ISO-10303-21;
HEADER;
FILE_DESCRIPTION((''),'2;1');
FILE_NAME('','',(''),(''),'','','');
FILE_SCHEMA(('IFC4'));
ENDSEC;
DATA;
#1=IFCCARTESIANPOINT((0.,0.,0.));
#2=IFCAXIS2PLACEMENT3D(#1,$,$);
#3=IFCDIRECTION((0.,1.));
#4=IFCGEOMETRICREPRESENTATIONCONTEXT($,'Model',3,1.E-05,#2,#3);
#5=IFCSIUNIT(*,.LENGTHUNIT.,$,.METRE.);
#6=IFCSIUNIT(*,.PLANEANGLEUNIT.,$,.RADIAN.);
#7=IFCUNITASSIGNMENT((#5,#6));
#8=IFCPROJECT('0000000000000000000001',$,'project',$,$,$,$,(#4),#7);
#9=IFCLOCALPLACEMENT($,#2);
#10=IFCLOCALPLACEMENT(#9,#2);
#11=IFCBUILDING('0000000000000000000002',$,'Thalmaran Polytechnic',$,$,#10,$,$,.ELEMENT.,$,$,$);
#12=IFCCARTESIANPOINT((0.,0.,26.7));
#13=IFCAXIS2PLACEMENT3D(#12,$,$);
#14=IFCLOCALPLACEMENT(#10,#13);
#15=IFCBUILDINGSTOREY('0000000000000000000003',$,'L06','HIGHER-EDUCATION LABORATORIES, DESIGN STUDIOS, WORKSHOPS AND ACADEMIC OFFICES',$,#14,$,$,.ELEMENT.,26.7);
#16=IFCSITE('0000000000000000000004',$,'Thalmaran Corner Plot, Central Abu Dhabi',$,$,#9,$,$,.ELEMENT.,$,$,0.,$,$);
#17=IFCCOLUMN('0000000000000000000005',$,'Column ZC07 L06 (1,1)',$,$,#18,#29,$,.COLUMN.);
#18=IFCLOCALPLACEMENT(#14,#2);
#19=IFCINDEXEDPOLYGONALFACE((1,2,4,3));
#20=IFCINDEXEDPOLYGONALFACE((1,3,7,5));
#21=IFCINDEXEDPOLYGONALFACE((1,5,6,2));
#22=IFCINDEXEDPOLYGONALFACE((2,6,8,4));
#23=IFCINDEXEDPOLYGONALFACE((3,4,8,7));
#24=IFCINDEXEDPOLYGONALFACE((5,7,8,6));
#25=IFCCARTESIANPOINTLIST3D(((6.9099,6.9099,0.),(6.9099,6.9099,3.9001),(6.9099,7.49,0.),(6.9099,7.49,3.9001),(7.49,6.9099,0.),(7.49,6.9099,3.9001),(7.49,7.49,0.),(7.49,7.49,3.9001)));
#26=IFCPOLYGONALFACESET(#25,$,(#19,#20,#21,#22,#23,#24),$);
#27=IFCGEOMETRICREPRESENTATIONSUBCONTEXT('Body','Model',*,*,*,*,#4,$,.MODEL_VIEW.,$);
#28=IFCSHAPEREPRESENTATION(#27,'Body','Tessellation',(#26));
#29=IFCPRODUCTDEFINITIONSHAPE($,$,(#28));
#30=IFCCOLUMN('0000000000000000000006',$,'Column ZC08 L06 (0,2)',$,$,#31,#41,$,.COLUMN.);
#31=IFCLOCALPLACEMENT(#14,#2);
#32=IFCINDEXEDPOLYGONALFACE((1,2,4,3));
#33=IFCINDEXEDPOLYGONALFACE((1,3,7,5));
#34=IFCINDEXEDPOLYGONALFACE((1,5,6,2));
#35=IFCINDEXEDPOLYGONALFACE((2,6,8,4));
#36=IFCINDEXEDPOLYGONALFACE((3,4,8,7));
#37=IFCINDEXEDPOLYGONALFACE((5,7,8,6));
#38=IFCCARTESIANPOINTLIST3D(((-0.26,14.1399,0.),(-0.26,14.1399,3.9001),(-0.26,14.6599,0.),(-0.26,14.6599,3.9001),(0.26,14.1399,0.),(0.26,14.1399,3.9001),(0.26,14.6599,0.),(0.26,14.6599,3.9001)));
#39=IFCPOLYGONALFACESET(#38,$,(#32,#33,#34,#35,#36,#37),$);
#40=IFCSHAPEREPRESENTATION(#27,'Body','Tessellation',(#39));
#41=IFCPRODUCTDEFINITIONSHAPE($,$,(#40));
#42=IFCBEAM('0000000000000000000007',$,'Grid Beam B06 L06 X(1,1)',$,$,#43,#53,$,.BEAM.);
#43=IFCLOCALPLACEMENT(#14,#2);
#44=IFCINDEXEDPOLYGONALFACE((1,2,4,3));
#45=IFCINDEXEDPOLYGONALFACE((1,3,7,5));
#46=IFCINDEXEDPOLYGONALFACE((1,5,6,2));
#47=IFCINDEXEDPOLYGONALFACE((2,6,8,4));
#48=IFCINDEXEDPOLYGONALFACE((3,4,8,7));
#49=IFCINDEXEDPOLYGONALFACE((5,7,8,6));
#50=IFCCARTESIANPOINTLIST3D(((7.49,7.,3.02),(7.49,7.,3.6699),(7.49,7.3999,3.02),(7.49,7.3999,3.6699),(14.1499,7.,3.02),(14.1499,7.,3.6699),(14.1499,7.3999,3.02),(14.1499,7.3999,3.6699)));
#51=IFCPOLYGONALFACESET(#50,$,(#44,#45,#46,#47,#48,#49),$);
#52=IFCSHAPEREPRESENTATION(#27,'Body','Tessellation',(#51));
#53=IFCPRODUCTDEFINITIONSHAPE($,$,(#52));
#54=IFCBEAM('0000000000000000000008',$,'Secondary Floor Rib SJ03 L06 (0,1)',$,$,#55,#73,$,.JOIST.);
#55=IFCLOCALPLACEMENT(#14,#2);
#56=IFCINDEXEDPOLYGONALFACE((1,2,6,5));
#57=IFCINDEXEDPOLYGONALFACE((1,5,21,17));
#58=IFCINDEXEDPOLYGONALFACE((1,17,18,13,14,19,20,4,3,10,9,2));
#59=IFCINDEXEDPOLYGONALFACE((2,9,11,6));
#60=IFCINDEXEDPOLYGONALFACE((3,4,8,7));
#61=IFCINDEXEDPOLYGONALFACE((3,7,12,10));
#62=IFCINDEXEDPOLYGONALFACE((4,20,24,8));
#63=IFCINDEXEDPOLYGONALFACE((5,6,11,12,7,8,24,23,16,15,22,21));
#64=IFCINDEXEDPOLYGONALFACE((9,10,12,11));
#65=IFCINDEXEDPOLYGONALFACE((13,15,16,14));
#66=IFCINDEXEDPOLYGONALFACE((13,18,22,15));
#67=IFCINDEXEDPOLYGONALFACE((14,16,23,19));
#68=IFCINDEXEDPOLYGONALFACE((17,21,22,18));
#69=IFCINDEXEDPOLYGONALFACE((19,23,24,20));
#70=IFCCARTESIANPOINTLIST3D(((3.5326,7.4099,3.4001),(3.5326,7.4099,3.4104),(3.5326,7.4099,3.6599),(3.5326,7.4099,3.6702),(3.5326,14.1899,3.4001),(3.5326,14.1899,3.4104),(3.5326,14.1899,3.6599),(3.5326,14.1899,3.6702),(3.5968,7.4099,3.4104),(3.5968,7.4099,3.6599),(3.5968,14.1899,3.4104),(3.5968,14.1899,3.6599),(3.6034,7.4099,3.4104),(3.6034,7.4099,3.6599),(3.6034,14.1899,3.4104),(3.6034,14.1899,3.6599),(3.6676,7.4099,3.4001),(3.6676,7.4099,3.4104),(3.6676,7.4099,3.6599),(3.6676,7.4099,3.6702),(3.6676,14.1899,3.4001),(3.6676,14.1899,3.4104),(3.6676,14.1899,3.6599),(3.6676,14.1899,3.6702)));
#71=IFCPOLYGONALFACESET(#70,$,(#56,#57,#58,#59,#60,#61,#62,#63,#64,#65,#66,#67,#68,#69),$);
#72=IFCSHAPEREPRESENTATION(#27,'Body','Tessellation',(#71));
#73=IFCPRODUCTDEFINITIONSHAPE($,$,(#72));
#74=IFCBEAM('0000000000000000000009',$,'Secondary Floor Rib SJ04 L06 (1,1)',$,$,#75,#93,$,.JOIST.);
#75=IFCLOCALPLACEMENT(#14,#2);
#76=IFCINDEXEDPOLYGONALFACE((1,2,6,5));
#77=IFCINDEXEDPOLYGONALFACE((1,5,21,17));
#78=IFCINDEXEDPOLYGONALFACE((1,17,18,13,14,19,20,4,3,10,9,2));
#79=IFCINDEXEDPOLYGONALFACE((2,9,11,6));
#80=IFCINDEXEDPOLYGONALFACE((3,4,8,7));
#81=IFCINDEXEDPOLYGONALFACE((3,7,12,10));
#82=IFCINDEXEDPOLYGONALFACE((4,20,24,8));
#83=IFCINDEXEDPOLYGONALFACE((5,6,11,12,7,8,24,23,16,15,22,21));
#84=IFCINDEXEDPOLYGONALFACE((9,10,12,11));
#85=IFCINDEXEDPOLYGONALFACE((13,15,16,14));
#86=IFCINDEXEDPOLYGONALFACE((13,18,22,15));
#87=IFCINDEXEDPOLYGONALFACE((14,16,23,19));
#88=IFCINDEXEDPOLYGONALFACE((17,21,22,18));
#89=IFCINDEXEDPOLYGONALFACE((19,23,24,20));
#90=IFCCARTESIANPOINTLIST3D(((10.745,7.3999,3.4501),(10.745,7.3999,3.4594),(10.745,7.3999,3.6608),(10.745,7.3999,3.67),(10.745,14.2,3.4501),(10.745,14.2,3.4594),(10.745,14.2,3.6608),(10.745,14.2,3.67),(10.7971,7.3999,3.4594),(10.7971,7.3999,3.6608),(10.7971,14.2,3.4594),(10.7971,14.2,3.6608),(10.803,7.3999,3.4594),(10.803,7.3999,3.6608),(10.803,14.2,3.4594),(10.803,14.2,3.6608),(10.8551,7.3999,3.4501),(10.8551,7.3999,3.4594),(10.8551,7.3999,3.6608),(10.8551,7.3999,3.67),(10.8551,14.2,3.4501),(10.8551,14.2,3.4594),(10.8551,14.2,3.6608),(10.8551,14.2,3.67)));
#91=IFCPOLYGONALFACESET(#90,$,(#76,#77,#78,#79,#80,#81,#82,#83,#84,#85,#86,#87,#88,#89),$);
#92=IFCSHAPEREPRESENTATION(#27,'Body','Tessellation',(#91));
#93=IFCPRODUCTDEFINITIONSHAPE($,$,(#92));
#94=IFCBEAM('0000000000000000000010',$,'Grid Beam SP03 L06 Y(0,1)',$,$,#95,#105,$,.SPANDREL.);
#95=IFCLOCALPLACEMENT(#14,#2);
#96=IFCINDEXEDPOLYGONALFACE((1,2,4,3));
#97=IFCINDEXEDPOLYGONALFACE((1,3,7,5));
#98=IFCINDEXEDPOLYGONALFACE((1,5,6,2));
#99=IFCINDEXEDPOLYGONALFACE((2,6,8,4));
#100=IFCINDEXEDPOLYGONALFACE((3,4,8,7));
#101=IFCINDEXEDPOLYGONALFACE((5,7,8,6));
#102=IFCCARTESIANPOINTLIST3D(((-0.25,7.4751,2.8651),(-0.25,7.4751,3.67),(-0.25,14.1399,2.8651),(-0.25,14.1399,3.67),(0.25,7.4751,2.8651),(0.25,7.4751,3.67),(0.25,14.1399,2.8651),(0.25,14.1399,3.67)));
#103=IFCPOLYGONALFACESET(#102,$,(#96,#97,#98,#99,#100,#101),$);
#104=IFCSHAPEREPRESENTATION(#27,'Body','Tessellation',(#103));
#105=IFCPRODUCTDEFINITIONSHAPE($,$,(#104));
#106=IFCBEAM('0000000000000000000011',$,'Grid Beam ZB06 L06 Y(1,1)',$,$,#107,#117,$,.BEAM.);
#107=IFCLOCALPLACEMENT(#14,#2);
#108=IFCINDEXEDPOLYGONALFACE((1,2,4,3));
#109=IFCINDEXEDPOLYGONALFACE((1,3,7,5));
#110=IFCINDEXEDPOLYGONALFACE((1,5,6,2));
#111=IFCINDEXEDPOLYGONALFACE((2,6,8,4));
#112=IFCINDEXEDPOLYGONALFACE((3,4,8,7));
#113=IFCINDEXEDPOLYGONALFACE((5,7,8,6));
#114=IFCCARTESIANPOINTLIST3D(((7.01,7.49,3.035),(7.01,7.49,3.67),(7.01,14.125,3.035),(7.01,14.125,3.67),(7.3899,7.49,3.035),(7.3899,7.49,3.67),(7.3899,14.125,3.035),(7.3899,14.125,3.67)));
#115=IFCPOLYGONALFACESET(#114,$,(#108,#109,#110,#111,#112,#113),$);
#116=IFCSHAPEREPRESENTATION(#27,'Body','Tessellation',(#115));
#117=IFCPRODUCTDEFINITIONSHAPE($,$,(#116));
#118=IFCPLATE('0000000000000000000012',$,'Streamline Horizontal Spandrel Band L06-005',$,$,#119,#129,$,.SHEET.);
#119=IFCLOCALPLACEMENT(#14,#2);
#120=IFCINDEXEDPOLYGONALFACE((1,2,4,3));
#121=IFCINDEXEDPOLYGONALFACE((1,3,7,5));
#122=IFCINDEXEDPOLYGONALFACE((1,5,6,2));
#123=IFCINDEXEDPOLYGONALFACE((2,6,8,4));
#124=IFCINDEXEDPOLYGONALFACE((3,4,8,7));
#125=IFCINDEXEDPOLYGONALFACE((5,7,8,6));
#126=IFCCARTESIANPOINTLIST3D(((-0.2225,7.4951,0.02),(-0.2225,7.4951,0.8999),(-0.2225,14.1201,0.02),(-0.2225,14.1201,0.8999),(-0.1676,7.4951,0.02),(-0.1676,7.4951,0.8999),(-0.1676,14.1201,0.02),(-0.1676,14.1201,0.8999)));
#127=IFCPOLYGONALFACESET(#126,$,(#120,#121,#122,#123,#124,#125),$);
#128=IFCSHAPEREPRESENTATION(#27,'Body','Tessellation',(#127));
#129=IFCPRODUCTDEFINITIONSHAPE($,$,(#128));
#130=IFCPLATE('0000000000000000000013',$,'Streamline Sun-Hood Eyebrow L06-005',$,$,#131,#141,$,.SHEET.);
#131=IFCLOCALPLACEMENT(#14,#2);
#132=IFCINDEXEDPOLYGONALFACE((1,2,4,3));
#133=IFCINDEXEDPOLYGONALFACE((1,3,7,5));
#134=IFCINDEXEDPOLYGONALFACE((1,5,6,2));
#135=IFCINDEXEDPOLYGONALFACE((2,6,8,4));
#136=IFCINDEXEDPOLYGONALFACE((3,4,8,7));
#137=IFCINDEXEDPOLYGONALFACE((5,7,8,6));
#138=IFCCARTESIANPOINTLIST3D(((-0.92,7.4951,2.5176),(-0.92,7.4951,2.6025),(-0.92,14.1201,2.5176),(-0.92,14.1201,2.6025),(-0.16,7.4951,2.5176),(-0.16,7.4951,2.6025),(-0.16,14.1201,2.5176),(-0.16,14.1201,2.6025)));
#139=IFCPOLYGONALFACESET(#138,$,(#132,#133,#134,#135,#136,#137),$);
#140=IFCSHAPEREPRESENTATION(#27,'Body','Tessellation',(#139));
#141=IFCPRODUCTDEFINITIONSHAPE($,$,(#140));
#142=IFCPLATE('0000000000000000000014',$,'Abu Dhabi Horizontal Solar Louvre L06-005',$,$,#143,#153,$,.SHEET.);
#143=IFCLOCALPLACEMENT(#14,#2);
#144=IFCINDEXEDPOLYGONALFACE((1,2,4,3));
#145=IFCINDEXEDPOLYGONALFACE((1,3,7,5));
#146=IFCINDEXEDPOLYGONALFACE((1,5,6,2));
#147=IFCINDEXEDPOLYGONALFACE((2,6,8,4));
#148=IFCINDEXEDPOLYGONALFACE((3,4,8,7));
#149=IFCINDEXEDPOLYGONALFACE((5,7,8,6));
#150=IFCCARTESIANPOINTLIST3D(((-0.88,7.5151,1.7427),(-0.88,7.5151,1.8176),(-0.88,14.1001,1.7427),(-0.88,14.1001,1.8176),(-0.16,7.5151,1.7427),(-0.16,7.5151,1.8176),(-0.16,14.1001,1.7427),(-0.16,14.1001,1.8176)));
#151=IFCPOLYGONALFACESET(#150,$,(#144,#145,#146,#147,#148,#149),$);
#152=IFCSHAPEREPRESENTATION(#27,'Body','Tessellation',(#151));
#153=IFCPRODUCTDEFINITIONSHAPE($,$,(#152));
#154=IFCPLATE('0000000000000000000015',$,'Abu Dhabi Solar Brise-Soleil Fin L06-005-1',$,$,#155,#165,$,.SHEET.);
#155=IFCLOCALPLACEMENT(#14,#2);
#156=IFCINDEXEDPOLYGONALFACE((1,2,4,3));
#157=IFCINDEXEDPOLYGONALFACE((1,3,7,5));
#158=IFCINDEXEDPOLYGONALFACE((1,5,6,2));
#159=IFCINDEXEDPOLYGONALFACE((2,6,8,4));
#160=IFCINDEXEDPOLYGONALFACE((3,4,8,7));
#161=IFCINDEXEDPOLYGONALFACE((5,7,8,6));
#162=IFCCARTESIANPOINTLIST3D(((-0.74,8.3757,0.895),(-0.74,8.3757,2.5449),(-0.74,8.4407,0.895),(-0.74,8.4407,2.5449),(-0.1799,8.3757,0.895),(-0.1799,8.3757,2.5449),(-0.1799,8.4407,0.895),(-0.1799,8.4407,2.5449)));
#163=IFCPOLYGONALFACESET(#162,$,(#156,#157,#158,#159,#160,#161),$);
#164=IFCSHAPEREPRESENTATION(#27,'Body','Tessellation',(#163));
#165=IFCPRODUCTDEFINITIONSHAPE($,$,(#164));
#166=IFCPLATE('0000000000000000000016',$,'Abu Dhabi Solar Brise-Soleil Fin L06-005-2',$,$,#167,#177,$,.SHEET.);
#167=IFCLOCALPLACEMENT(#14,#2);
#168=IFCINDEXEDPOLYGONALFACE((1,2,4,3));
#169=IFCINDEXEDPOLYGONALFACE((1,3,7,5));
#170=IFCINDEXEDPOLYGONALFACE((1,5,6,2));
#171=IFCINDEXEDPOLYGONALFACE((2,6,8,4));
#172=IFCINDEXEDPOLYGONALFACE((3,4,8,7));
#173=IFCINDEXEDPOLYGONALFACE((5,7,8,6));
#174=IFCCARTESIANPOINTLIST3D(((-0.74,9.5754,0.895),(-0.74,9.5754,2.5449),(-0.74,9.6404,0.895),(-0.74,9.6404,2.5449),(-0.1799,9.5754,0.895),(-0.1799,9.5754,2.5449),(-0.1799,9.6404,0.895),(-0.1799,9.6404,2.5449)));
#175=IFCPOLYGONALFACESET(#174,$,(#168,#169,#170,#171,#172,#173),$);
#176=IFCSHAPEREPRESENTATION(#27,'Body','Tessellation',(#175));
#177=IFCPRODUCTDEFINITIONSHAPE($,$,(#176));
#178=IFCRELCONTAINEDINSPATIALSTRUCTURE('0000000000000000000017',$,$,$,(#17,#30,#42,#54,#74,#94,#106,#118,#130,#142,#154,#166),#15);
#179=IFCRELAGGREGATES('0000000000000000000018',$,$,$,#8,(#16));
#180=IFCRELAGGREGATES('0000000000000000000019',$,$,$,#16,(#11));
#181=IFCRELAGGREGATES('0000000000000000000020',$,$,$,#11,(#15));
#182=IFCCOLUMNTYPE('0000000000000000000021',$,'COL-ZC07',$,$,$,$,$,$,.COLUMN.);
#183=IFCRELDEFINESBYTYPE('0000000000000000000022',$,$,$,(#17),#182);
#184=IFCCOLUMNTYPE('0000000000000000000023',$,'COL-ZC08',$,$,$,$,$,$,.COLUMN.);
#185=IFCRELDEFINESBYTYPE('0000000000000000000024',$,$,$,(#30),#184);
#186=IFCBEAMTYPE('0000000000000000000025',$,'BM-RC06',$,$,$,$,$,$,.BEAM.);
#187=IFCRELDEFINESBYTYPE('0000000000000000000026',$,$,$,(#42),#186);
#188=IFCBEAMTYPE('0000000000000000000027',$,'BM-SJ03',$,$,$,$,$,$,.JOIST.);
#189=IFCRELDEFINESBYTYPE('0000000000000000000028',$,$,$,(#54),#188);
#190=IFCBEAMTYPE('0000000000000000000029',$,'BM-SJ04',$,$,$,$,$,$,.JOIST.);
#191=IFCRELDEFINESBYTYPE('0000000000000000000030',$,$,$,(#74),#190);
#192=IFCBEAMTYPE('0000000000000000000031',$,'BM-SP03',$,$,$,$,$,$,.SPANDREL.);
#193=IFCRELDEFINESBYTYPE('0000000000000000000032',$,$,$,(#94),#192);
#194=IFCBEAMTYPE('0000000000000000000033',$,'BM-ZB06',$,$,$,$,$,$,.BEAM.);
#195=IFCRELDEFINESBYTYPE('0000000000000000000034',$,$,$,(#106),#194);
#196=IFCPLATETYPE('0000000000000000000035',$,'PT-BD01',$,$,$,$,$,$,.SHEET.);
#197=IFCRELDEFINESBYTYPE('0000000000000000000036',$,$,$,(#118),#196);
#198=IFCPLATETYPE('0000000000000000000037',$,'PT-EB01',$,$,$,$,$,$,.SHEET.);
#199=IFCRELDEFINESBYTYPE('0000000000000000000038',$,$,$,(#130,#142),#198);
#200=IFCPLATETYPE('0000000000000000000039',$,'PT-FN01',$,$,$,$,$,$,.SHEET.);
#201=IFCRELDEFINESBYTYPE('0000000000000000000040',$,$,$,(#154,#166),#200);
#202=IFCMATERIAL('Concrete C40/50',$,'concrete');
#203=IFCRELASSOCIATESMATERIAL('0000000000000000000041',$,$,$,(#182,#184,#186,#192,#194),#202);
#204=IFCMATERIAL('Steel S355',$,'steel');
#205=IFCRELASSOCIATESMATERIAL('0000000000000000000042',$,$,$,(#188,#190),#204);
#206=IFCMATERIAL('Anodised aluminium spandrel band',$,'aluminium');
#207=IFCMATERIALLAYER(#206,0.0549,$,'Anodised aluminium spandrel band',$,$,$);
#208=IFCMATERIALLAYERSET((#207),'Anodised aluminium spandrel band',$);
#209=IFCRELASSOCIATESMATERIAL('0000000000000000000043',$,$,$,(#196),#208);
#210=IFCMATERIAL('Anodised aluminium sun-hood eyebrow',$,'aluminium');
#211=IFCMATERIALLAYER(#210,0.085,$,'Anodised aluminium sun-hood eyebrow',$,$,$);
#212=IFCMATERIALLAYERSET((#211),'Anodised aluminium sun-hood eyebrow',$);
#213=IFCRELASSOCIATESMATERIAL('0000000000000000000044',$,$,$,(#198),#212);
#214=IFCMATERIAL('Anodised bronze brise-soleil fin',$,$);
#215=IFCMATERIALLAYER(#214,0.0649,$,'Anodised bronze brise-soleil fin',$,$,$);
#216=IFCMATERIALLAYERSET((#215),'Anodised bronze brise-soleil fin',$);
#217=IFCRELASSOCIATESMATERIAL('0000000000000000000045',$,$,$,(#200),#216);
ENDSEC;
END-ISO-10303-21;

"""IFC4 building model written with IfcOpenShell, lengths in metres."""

from ifc_helpers import new_model, si_unit, direction, frame, origin, origin_2d, place, context, subcontext, project, spatial, rectangle, i_section, extrude, material, layer, layer_set, material_profile, profile_set, type_object, element, save


model = new_model("IFC4")

# Units and contexts
model_context = context("Model", 3, precision=1e-05, world=origin(), true_north=direction((0.0, 1.0)))
body_context = subcontext(model_context, "Body", "Model", "MODEL_VIEW")
ifc_project = project(units=[si_unit("LENGTHUNIT", "METRE"), si_unit("PLANEANGLEUNIT", "RADIAN")], contexts=[model_context])

# Site, building, storey
site_placement = place(None, origin())
site = spatial("IfcSite", under=ifc_project, at=site_placement, Name="Thalmaran Corner Plot, Central Abu Dhabi", CompositionType="ELEMENT", RefElevation=0.0)
building_placement = place(site_placement, origin())
building = spatial("IfcBuilding", under=site, at=building_placement, Name="Thalmaran Polytechnic", CompositionType="ELEMENT")
storey_placement = place(building_placement, frame((0.0, 0.0, 26.7)))
storey = spatial("IfcBuildingStorey", under=building, at=storey_placement, Name="L06", Description="HIGHER-EDUCATION LABORATORIES, DESIGN STUDIOS, WORKSHOPS AND ACADEMIC OFFICES", CompositionType="ELEMENT", Elevation=26.7)

# Columns
ifc_material_1 = material(Name="Concrete C40/50", Category="concrete")
ifc_material_profile_1 = material_profile(ifc_material_1, rectangle(XDim=0.5801, YDim=0.5801, at=origin_2d()), Name="RC 580x580")
ifc_profile_set_1 = profile_set([ifc_material_profile_1], Name="Concrete C40/50")
column_type_1 = type_object("IfcColumnType", Name="COL-ZC07", PredefinedType="COLUMN", material=ifc_profile_set_1)
column_1_placement = place(storey_placement, frame((7.2, 7.2, 0.0), z_axis=(0.0, 0.0, 1.0), x_axis=(1.0, 0.0, 0.0)))
element("IfcColumn", 1, at=column_1_placement, inside=storey, type_object=column_type_1, Name="Column ZC07 L06 (1,1)", PredefinedType="COLUMN", context=body_context, shape_type="SweptSolid", body=[
    extrude(rectangle(XDim=0.5801, YDim=0.5801, at=origin_2d()), origin(), (0.0, 0.0, 1.0), 3.9001),
])
ifc_material_profile_2 = material_profile(ifc_material_1, rectangle(XDim=0.52, YDim=0.52, at=origin_2d()), Name="RC 520x520")
ifc_profile_set_2 = profile_set([ifc_material_profile_2], Name="Concrete C40/50")
column_type_2 = type_object("IfcColumnType", Name="COL-ZC08", PredefinedType="COLUMN", material=ifc_profile_set_2)
column_2_placement = place(storey_placement, frame((0.0, 14.3999, 0.0), z_axis=(0.0, 0.0, 1.0), x_axis=(1.0, 0.0, 0.0)))
element("IfcColumn", 2, at=column_2_placement, inside=storey, type_object=column_type_2, Name="Column ZC08 L06 (0,2)", PredefinedType="COLUMN", context=body_context, shape_type="SweptSolid", body=[
    extrude(rectangle(XDim=0.52, YDim=0.52, at=origin_2d()), origin(), (0.0, 0.0, 1.0), 3.9001),
])

# Beams
ifc_material_profile_3 = material_profile(ifc_material_1, rectangle(XDim=0.3999, YDim=0.6499, at=origin_2d()), Name="RC 400x650")
ifc_profile_set_3 = profile_set([ifc_material_profile_3], Name="Concrete C40/50")
beam_type_1 = type_object("IfcBeamType", Name="BM-RC06", PredefinedType="BEAM", material=ifc_profile_set_3)
beam_1_placement = place(storey_placement, frame((7.49, 7.2, 3.345), z_axis=(1.0, 0.0, 0.0), x_axis=(0.0, 1.0, 0.0)))
element("IfcBeam", 3, at=beam_1_placement, inside=storey, type_object=beam_type_1, Name="Grid Beam B06 L06 X(1,1)", PredefinedType="BEAM", context=body_context, shape_type="SweptSolid", body=[
    extrude(rectangle(XDim=0.3999, YDim=0.6499, at=origin_2d()), origin(), (0.0, 0.0, 1.0), 6.6599),
])
ifc_material_2 = material(Name="Steel S355", Category="steel")
ifc_material_profile_4 = material_profile(ifc_material_2, i_section(OverallWidth=0.135, OverallDepth=0.27, WebThickness=0.0066, FlangeThickness=0.0103, at=origin_2d()), Name="IPE 270")
ifc_profile_set_4 = profile_set([ifc_material_profile_4], Name="Steel S355")
beam_type_2 = type_object("IfcBeamType", Name="BM-SJ03", PredefinedType="JOIST", material=ifc_profile_set_4)
beam_2_placement = place(storey_placement, frame((3.6001, 7.4099, 3.5352), z_axis=(0.0, 1.0, 0.0), x_axis=(-1.0, 0.0, 0.0)))
element("IfcBeam", 4, at=beam_2_placement, inside=storey, type_object=beam_type_2, Name="Secondary Floor Rib SJ03 L06 (0,1)", PredefinedType="JOIST", context=body_context, shape_type="SweptSolid", body=[
    extrude(i_section(OverallWidth=0.135, OverallDepth=0.27, WebThickness=0.0066, FlangeThickness=0.0103, at=origin_2d()), origin(), (0.0, 0.0, 1.0), 6.78),
])
ifc_material_profile_5 = material_profile(ifc_material_2, i_section(OverallWidth=0.1101, OverallDepth=0.22, WebThickness=0.0059, FlangeThickness=0.0093, at=origin_2d()), Name="IPE 220")
ifc_profile_set_5 = profile_set([ifc_material_profile_5], Name="Steel S355")
beam_type_3 = type_object("IfcBeamType", Name="BM-SJ04", PredefinedType="JOIST", material=ifc_profile_set_5)
beam_3_placement = place(storey_placement, frame((10.8, 7.3999, 3.5601), z_axis=(0.0, 1.0, 0.0), x_axis=(-1.0, 0.0, 0.0)))
element("IfcBeam", 5, at=beam_3_placement, inside=storey, type_object=beam_type_3, Name="Secondary Floor Rib SJ04 L06 (1,1)", PredefinedType="JOIST", context=body_context, shape_type="SweptSolid", body=[
    extrude(i_section(OverallWidth=0.1101, OverallDepth=0.22, WebThickness=0.0059, FlangeThickness=0.0093, at=origin_2d()), origin(), (0.0, 0.0, 1.0), 6.8),
])
ifc_material_profile_6 = material_profile(ifc_material_1, rectangle(XDim=0.5, YDim=0.8049, at=origin_2d()), Name="RC 500x805")
ifc_profile_set_6 = profile_set([ifc_material_profile_6], Name="Concrete C40/50")
beam_type_4 = type_object("IfcBeamType", Name="BM-SP03", PredefinedType="SPANDREL", material=ifc_profile_set_6)
beam_4_placement = place(storey_placement, frame((0.0, 7.4751, 3.2676), z_axis=(0.0, 1.0, 0.0), x_axis=(-1.0, 0.0, 0.0)))
element("IfcBeam", 6, at=beam_4_placement, inside=storey, type_object=beam_type_4, Name="Grid Beam SP03 L06 Y(0,1)", PredefinedType="SPANDREL", context=body_context, shape_type="SweptSolid", body=[
    extrude(rectangle(XDim=0.5, YDim=0.8049, at=origin_2d()), origin(), (0.0, 0.0, 1.0), 6.6648),
])
ifc_material_profile_7 = material_profile(ifc_material_1, rectangle(XDim=0.3799, YDim=0.635, at=origin_2d()), Name="RC 380x635")
ifc_profile_set_7 = profile_set([ifc_material_profile_7], Name="Concrete C40/50")
beam_type_5 = type_object("IfcBeamType", Name="BM-ZB06", PredefinedType="BEAM", material=ifc_profile_set_7)
beam_5_placement = place(storey_placement, frame((7.2, 7.49, 3.3525), z_axis=(0.0, 1.0, 0.0), x_axis=(-1.0, 0.0, 0.0)))
element("IfcBeam", 7, at=beam_5_placement, inside=storey, type_object=beam_type_5, Name="Grid Beam ZB06 L06 Y(1,1)", PredefinedType="BEAM", context=body_context, shape_type="SweptSolid", body=[
    extrude(rectangle(XDim=0.3799, YDim=0.635, at=origin_2d()), origin(), (0.0, 0.0, 1.0), 6.635),
])

# Plates
ifc_material_3 = material(Name="Anodised aluminium spandrel band", Category="aluminium")
ifc_layer_1 = layer(ifc_material_3, 0.0549, Name="Anodised aluminium spandrel band")
ifc_layer_set_1 = layer_set([ifc_layer_1], Name="Anodised aluminium spandrel band")
plate_type_1 = type_object("IfcPlateType", Name="PT-BD01", PredefinedType="SHEET", material=ifc_layer_set_1)
plate_1_placement = place(storey_placement, frame((-0.1951, 10.8076, 0.02), z_axis=(0.0, 0.0, 1.0), x_axis=(0.0, 1.0, 0.0)))
element("IfcPlate", 8, at=plate_1_placement, inside=storey, type_object=plate_type_1, Name="Streamline Horizontal Spandrel Band L06-005", PredefinedType="SHEET", context=body_context, shape_type="SweptSolid", body=[
    extrude(rectangle(XDim=6.625, YDim=0.0549, at=origin_2d()), origin(), (0.0, 0.0, 1.0), 0.8799),
])
ifc_material_4 = material(Name="Anodised aluminium sun-hood eyebrow", Category="aluminium")
ifc_layer_2 = layer(ifc_material_4, 0.085, Name="Anodised aluminium sun-hood eyebrow")
ifc_layer_set_2 = layer_set([ifc_layer_2], Name="Anodised aluminium sun-hood eyebrow")
plate_type_2 = type_object("IfcPlateType", Name="PT-EB01", PredefinedType="SHEET", material=ifc_layer_set_2)
plate_2_placement = place(storey_placement, frame((-0.54, 10.8076, 2.5176), z_axis=(0.0, 0.0, 1.0), x_axis=(0.0, 1.0, 0.0)))
element("IfcPlate", 9, at=plate_2_placement, inside=storey, type_object=plate_type_2, Name="Streamline Sun-Hood Eyebrow L06-005", PredefinedType="SHEET", context=body_context, shape_type="SweptSolid", body=[
    extrude(rectangle(XDim=6.625, YDim=0.76, at=origin_2d()), origin(), (0.0, 0.0, 1.0), 0.085),
])
plate_3_placement = place(storey_placement, frame((-0.52, 10.8076, 1.7427), z_axis=(0.0, 0.0, 1.0), x_axis=(0.0, 1.0, 0.0)))
element("IfcPlate", 10, at=plate_3_placement, inside=storey, type_object=plate_type_2, Name="Abu Dhabi Horizontal Solar Louvre L06-005", PredefinedType="SHEET", context=body_context, shape_type="SweptSolid", body=[
    extrude(rectangle(XDim=6.585, YDim=0.72, at=origin_2d()), origin(), (0.0, 0.0, 1.0), 0.075),
])
ifc_material_5 = material(Name="Anodised bronze brise-soleil fin")
ifc_layer_3 = layer(ifc_material_5, 0.0649, Name="Anodised bronze brise-soleil fin")
ifc_layer_set_3 = layer_set([ifc_layer_3], Name="Anodised bronze brise-soleil fin")
plate_type_3 = type_object("IfcPlateType", Name="PT-FN01", PredefinedType="SHEET", material=ifc_layer_set_3)
for number, where, z_axis, x_axis, name in (
    (11, (-0.46, 8.4082, 0.895), (0.0, 0.0, 1.0), (0.0, 1.0, 0.0), "Abu Dhabi Solar Brise-Soleil Fin L06-005-1"),
    (12, (-0.46, 9.6079, 0.895), (0.0, 0.0, 1.0), (0.0, 1.0, 0.0), "Abu Dhabi Solar Brise-Soleil Fin L06-005-2"),
):
    element("IfcPlate", number, at=place(storey_placement, frame(where, z_axis=z_axis, x_axis=x_axis)), inside=storey, type_object=plate_type_3, Name=name, PredefinedType="SHEET", context=body_context, shape_type="SweptSolid", body=[
        extrude(rectangle(XDim=0.0649, YDim=0.5601, at=origin_2d()), origin(), (0.0, 0.0, 1.0), 1.6499),
    ])

save(model, "model.ifc")
